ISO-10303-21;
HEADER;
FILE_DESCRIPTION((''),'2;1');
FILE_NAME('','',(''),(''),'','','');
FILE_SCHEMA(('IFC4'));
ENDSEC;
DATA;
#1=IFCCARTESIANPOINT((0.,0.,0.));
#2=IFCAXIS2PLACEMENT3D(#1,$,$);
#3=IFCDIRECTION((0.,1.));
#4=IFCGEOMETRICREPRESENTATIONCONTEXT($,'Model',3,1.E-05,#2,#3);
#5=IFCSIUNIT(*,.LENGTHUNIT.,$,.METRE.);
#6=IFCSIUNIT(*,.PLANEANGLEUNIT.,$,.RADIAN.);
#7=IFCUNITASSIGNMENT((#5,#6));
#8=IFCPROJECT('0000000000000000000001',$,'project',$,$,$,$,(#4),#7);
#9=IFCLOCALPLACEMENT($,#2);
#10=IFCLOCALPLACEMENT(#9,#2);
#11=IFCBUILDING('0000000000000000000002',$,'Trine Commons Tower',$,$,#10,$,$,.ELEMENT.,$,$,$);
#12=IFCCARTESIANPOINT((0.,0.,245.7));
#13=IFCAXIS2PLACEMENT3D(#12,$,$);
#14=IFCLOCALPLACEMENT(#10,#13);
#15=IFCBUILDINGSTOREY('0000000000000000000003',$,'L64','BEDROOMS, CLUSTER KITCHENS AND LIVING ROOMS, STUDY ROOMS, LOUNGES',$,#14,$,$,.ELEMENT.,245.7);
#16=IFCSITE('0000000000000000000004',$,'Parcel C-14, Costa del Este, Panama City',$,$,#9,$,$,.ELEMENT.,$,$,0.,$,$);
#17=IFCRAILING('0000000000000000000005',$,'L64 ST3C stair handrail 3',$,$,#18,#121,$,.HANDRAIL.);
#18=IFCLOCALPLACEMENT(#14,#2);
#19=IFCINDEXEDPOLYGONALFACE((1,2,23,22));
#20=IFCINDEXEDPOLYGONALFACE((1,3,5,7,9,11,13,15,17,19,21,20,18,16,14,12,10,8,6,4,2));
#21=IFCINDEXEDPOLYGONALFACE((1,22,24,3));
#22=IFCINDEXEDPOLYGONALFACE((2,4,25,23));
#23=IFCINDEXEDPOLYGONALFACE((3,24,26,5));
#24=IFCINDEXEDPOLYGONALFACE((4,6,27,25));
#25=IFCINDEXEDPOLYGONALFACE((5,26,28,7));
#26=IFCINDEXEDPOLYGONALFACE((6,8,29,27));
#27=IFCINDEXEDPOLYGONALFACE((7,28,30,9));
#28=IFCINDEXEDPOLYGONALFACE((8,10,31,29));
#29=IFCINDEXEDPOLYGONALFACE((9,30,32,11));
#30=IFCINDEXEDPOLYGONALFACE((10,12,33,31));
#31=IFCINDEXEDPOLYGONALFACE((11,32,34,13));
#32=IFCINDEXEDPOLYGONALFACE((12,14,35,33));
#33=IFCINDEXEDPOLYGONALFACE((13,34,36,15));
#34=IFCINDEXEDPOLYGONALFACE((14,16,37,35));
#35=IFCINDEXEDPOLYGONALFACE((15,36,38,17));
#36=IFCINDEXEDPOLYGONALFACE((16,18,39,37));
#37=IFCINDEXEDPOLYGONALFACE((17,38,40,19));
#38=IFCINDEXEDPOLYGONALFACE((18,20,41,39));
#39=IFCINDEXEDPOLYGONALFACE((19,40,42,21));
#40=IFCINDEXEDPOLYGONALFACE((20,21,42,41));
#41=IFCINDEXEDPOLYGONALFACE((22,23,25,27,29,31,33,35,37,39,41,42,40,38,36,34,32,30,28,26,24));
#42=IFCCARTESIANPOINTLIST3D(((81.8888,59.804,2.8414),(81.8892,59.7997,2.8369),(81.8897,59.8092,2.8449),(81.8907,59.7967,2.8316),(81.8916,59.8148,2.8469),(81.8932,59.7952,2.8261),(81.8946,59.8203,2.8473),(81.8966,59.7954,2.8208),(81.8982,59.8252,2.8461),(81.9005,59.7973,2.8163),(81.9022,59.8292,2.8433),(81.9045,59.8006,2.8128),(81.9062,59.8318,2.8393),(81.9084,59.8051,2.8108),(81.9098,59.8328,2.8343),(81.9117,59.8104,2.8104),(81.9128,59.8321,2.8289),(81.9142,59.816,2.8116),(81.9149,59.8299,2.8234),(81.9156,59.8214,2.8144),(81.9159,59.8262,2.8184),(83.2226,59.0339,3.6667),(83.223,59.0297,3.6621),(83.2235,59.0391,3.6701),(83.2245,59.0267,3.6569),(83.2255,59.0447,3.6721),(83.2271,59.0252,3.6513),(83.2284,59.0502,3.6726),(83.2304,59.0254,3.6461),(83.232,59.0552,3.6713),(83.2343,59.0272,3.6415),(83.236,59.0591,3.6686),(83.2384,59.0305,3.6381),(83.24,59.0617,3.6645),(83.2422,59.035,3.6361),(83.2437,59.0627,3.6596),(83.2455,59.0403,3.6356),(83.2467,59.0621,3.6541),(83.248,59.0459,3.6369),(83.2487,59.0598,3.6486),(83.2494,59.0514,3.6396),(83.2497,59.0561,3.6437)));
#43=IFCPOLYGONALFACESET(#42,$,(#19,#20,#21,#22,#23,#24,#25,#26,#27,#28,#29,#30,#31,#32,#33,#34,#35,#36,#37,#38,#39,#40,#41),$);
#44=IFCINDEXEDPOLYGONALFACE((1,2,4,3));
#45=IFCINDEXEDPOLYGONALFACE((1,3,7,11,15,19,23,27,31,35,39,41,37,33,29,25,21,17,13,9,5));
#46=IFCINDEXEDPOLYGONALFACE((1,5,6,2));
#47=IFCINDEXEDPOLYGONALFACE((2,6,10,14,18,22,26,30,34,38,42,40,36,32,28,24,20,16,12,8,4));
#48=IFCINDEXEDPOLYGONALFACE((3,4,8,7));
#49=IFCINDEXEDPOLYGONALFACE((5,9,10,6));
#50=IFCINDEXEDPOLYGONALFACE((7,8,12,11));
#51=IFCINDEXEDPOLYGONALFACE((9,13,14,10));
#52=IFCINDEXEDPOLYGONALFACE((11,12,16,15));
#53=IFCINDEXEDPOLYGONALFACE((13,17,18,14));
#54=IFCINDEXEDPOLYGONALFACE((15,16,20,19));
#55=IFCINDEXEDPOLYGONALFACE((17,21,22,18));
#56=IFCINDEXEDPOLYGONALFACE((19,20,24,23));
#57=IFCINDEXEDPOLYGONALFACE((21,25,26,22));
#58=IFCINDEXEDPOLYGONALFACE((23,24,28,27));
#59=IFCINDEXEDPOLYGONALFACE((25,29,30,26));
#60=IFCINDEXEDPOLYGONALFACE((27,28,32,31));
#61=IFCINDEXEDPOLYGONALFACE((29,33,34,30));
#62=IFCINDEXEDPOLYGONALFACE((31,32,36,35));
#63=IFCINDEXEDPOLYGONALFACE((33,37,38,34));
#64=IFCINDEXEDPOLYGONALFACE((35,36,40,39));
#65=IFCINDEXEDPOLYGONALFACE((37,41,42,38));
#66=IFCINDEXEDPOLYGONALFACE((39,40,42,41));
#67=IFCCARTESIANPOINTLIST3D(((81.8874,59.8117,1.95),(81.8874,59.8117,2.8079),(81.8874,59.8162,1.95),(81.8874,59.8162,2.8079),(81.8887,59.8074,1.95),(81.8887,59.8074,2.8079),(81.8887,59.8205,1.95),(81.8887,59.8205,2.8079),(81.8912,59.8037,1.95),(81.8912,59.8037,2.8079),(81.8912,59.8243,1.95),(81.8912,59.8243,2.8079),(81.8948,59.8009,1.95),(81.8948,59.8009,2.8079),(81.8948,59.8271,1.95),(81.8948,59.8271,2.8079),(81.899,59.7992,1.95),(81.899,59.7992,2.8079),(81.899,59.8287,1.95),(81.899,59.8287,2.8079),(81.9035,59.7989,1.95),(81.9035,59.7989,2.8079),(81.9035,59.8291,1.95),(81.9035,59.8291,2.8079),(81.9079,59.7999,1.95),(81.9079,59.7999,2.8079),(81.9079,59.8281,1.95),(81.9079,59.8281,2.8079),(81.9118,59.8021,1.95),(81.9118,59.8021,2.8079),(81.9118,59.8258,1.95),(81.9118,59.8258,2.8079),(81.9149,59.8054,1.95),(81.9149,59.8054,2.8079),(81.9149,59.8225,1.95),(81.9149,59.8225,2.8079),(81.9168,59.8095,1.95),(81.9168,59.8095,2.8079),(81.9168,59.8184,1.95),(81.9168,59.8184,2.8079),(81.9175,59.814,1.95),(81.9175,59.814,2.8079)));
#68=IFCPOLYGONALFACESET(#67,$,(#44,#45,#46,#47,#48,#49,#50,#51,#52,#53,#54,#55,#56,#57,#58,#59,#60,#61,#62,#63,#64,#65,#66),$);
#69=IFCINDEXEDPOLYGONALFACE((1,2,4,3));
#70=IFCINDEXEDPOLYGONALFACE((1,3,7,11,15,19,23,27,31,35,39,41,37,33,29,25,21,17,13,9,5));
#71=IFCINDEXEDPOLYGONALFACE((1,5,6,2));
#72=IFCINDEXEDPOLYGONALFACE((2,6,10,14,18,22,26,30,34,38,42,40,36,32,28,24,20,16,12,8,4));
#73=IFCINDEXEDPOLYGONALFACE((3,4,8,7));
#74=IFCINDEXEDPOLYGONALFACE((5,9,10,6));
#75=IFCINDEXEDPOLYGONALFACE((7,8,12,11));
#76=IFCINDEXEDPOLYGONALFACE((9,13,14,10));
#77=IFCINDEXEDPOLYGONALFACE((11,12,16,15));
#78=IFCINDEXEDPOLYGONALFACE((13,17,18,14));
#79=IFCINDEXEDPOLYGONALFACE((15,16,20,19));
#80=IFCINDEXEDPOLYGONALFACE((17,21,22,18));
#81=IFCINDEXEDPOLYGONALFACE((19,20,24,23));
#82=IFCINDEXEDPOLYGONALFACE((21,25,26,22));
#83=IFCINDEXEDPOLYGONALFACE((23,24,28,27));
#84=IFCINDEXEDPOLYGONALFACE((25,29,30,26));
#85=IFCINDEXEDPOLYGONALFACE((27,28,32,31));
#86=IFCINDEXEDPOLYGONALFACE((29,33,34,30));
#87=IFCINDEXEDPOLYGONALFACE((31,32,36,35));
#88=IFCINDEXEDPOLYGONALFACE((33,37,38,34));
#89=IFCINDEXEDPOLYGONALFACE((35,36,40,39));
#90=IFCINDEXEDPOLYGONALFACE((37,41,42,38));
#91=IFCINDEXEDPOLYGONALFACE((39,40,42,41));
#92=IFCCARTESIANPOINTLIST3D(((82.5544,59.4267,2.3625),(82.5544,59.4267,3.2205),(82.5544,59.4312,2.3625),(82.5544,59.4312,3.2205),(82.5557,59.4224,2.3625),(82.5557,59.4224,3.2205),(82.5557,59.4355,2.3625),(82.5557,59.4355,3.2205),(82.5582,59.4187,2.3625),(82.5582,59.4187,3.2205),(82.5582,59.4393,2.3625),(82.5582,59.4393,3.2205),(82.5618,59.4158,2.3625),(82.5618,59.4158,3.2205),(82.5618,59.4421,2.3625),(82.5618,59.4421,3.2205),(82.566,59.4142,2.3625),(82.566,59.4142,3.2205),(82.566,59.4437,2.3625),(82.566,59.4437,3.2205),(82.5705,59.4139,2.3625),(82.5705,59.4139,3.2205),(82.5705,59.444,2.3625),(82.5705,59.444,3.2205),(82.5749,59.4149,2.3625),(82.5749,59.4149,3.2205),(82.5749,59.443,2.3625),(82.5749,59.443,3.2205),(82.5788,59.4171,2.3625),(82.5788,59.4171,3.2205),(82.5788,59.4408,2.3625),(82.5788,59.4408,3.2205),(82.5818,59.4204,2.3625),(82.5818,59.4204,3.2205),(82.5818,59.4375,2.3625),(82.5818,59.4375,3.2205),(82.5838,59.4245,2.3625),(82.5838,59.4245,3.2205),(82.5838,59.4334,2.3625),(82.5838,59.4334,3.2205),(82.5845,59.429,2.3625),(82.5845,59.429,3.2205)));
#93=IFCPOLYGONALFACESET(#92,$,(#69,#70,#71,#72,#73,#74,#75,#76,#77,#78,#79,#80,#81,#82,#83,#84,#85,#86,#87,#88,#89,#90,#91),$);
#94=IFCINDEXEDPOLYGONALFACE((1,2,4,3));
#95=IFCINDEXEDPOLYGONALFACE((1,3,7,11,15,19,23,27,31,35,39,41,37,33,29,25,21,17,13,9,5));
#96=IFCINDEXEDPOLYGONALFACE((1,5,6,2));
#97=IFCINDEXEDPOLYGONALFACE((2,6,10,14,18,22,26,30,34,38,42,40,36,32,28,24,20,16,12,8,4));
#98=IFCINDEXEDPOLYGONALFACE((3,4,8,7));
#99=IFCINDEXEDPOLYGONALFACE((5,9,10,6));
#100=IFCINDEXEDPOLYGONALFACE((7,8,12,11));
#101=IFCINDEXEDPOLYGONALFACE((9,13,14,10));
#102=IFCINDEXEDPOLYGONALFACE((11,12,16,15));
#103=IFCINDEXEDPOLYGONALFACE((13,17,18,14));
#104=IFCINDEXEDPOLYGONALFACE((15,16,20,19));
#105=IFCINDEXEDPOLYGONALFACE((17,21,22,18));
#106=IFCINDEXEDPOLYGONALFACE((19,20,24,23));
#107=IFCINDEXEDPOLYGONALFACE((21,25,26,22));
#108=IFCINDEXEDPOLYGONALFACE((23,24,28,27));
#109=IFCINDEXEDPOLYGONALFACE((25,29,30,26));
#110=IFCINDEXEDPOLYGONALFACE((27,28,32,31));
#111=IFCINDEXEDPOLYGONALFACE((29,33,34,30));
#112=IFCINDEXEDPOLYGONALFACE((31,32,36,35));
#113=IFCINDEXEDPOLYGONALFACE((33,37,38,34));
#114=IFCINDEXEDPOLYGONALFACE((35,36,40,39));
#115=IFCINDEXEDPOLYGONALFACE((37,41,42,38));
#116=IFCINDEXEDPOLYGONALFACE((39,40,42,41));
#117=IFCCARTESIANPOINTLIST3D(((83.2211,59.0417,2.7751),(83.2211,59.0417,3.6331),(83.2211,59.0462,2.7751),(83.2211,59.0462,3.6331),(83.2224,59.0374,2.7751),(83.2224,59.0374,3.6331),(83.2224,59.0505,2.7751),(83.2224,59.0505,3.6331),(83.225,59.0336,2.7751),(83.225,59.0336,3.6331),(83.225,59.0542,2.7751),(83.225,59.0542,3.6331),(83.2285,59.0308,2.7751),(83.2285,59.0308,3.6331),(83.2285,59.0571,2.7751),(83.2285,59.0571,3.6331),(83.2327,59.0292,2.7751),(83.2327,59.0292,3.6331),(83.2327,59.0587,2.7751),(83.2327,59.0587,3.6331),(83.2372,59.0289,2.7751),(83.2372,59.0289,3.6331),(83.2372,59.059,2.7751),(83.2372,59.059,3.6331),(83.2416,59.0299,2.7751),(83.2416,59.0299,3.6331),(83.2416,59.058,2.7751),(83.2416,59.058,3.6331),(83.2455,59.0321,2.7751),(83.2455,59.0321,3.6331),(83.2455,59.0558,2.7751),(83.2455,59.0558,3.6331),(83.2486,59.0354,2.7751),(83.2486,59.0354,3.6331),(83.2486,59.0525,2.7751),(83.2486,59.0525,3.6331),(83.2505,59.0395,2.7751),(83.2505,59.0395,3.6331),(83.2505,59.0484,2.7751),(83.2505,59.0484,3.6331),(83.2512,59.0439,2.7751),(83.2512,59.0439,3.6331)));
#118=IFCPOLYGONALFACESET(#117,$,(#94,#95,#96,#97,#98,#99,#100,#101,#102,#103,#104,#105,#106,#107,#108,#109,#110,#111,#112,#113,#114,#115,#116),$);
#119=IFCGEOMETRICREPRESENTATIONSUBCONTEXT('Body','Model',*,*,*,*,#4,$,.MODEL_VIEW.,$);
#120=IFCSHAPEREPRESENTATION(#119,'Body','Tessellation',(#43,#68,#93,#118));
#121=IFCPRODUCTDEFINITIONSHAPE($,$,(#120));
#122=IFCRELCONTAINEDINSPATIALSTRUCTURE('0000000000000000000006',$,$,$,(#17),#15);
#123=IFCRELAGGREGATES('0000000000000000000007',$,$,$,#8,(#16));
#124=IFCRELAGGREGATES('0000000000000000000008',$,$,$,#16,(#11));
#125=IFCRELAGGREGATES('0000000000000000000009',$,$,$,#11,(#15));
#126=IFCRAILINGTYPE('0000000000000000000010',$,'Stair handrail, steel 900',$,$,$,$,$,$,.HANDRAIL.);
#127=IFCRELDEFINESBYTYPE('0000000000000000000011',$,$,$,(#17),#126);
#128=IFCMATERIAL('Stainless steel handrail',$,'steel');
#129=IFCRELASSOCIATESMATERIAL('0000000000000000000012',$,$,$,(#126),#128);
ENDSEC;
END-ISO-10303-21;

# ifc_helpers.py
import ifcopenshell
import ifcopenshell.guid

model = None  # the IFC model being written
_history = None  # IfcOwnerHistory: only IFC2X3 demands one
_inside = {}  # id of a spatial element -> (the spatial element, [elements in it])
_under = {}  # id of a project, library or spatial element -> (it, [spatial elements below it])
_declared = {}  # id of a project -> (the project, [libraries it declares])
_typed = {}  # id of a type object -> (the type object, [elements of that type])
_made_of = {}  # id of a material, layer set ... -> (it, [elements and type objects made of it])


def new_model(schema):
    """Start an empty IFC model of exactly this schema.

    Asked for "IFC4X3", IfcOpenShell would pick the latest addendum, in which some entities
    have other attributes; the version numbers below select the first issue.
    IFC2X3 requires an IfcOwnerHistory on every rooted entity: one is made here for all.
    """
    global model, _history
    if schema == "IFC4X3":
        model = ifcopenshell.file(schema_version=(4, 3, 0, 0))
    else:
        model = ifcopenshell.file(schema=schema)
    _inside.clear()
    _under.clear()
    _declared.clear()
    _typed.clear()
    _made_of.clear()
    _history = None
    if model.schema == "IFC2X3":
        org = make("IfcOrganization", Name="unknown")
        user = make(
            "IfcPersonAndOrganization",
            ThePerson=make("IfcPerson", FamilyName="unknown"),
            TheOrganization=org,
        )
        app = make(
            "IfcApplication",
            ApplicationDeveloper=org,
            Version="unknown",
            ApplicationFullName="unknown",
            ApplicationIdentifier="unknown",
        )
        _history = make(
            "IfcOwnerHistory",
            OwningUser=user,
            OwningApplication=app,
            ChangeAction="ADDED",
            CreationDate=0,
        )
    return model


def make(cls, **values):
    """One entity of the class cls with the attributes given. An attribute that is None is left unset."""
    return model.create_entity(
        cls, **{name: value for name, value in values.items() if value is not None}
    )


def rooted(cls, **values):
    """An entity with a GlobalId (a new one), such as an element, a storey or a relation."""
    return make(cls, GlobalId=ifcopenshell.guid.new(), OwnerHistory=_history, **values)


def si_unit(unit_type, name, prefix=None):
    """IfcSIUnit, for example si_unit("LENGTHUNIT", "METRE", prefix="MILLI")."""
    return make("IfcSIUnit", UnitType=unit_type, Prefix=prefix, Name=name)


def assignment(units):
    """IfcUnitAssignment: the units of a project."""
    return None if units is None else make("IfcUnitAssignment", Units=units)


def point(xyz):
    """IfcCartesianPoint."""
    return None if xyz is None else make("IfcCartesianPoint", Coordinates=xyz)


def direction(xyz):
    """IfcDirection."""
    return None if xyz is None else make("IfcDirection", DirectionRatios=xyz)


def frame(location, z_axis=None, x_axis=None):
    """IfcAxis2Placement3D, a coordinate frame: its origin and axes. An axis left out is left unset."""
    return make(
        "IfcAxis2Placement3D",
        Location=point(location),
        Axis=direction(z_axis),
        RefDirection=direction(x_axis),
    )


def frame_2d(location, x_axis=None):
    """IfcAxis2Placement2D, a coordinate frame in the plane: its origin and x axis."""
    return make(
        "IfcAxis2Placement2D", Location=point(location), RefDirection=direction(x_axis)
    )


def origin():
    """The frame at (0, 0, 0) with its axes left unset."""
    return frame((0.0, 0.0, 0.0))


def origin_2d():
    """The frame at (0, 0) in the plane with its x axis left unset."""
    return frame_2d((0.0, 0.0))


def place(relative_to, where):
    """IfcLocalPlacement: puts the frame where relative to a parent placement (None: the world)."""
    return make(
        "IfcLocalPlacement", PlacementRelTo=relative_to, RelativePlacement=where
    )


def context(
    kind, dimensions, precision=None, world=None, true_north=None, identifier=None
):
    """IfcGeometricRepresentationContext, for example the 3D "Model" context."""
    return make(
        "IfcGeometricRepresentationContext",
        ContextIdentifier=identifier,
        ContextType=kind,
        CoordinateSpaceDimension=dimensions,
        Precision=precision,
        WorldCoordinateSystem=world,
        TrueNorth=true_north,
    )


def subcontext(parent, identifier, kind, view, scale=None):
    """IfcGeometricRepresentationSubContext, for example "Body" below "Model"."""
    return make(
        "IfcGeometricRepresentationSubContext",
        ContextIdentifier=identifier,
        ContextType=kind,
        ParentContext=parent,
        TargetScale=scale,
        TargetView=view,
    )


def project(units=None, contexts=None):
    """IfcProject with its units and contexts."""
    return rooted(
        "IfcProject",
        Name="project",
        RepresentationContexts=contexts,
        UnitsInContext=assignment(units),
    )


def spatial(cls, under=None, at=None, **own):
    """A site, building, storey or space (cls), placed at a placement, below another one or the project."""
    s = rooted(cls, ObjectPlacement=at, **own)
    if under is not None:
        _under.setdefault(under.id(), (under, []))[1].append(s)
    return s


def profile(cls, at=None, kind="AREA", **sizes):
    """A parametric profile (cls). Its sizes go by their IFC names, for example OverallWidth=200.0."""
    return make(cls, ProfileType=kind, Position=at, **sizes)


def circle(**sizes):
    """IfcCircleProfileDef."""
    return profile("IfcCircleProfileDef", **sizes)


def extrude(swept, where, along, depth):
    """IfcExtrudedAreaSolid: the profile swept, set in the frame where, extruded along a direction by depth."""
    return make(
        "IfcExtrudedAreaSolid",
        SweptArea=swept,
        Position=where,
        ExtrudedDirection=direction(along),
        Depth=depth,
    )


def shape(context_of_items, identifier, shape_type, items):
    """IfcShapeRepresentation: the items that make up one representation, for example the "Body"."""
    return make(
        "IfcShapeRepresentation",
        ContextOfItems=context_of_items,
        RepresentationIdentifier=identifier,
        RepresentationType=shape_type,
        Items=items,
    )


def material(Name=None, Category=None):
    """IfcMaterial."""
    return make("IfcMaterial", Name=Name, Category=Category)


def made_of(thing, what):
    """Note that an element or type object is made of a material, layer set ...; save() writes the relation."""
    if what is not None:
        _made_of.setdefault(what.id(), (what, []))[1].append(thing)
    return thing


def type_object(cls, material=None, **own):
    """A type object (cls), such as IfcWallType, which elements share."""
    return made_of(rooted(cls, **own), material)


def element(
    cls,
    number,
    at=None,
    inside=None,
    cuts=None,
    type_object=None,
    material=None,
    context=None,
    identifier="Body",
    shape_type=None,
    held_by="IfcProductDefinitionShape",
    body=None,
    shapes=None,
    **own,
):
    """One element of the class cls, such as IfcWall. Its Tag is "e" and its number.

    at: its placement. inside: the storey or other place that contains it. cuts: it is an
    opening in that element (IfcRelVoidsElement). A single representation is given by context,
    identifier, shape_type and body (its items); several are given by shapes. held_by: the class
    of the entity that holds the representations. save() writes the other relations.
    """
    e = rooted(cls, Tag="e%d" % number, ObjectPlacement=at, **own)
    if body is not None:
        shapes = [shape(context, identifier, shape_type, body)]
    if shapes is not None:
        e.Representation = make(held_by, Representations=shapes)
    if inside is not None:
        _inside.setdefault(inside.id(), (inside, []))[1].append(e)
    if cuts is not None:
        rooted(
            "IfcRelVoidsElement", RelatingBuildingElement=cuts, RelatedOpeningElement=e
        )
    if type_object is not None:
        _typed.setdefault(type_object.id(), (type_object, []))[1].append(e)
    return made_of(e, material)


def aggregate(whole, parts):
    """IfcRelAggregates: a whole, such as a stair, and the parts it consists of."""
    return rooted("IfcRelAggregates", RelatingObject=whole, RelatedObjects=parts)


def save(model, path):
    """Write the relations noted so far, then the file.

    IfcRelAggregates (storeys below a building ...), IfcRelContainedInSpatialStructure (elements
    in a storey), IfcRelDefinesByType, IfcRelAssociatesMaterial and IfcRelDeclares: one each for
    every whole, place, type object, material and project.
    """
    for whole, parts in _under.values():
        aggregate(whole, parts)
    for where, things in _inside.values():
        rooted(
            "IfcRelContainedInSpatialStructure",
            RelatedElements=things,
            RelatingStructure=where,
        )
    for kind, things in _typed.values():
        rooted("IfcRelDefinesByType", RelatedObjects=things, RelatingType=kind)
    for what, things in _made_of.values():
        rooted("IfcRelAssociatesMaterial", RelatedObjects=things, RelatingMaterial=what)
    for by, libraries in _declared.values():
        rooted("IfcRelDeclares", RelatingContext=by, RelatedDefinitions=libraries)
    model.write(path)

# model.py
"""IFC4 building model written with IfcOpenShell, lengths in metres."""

from ifc_helpers import new_model, si_unit, direction, frame, origin, origin_2d, place, context, subcontext, project, spatial, circle, extrude, material, type_object, element, save


model = new_model("IFC4")

# Units and contexts
model_context = context("Model", 3, precision=1e-05, world=origin(), true_north=direction((0.0, 1.0)))
body_context = subcontext(model_context, "Body", "Model", "MODEL_VIEW")
ifc_project = project(units=[si_unit("LENGTHUNIT", "METRE"), si_unit("PLANEANGLEUNIT", "RADIAN")], contexts=[model_context])

# Site, building, storey
site_placement = place(None, origin())
site = spatial("IfcSite", under=ifc_project, at=site_placement, Name="Parcel C-14, Costa del Este, Panama City", CompositionType="ELEMENT", RefElevation=0.0)
building_placement = place(site_placement, origin())
building = spatial("IfcBuilding", under=site, at=building_placement, Name="Trine Commons Tower", CompositionType="ELEMENT")
storey_placement = place(building_placement, frame((0.0, 0.0, 245.7)))
storey = spatial("IfcBuildingStorey", under=building, at=storey_placement, Name="L64", Description="BEDROOMS, CLUSTER KITCHENS AND LIVING ROOMS, STUDY ROOMS, LOUNGES", CompositionType="ELEMENT", Elevation=245.7)

# Railing
ifc_material_1 = material(Name="Stainless steel handrail", Category="steel")
railing_type_1 = type_object("IfcRailingType", Name="Stair handrail, steel 900", PredefinedType="HANDRAIL", material=ifc_material_1)
railing_1_placement = place(storey_placement, frame((81.9023, 59.814, 1.95)))
element("IfcRailing", 1, at=railing_1_placement, inside=storey, type_object=railing_type_1, Name="L64 ST3C stair handrail 3", PredefinedType="HANDRAIL", context=body_context, shape_type="SweptSolid", body=[
    extrude(circle(Radius=0.021, at=origin_2d()), frame((0.0, 0.0, 0.8789), z_axis=(0.763355, -0.440714, 0.472293), x_axis=(0.499992, 0.86603, 0.0)), (0.0, 0.0, 1.0), 1.7473),
    extrude(circle(Radius=0.0151, at=origin_2d()), origin(), (0.0, 0.0, 1.0), 0.8579),
    extrude(circle(Radius=0.0151, at=origin_2d()), frame((0.667, -0.385, 0.4126)), (0.0, 0.0, 1.0), 0.8579),
    extrude(circle(Radius=0.0151, at=origin_2d()), frame((1.3337, -0.77, 0.8252)), (0.0, 0.0, 1.0), 0.8579),
])

save(model, "model.ifc")
